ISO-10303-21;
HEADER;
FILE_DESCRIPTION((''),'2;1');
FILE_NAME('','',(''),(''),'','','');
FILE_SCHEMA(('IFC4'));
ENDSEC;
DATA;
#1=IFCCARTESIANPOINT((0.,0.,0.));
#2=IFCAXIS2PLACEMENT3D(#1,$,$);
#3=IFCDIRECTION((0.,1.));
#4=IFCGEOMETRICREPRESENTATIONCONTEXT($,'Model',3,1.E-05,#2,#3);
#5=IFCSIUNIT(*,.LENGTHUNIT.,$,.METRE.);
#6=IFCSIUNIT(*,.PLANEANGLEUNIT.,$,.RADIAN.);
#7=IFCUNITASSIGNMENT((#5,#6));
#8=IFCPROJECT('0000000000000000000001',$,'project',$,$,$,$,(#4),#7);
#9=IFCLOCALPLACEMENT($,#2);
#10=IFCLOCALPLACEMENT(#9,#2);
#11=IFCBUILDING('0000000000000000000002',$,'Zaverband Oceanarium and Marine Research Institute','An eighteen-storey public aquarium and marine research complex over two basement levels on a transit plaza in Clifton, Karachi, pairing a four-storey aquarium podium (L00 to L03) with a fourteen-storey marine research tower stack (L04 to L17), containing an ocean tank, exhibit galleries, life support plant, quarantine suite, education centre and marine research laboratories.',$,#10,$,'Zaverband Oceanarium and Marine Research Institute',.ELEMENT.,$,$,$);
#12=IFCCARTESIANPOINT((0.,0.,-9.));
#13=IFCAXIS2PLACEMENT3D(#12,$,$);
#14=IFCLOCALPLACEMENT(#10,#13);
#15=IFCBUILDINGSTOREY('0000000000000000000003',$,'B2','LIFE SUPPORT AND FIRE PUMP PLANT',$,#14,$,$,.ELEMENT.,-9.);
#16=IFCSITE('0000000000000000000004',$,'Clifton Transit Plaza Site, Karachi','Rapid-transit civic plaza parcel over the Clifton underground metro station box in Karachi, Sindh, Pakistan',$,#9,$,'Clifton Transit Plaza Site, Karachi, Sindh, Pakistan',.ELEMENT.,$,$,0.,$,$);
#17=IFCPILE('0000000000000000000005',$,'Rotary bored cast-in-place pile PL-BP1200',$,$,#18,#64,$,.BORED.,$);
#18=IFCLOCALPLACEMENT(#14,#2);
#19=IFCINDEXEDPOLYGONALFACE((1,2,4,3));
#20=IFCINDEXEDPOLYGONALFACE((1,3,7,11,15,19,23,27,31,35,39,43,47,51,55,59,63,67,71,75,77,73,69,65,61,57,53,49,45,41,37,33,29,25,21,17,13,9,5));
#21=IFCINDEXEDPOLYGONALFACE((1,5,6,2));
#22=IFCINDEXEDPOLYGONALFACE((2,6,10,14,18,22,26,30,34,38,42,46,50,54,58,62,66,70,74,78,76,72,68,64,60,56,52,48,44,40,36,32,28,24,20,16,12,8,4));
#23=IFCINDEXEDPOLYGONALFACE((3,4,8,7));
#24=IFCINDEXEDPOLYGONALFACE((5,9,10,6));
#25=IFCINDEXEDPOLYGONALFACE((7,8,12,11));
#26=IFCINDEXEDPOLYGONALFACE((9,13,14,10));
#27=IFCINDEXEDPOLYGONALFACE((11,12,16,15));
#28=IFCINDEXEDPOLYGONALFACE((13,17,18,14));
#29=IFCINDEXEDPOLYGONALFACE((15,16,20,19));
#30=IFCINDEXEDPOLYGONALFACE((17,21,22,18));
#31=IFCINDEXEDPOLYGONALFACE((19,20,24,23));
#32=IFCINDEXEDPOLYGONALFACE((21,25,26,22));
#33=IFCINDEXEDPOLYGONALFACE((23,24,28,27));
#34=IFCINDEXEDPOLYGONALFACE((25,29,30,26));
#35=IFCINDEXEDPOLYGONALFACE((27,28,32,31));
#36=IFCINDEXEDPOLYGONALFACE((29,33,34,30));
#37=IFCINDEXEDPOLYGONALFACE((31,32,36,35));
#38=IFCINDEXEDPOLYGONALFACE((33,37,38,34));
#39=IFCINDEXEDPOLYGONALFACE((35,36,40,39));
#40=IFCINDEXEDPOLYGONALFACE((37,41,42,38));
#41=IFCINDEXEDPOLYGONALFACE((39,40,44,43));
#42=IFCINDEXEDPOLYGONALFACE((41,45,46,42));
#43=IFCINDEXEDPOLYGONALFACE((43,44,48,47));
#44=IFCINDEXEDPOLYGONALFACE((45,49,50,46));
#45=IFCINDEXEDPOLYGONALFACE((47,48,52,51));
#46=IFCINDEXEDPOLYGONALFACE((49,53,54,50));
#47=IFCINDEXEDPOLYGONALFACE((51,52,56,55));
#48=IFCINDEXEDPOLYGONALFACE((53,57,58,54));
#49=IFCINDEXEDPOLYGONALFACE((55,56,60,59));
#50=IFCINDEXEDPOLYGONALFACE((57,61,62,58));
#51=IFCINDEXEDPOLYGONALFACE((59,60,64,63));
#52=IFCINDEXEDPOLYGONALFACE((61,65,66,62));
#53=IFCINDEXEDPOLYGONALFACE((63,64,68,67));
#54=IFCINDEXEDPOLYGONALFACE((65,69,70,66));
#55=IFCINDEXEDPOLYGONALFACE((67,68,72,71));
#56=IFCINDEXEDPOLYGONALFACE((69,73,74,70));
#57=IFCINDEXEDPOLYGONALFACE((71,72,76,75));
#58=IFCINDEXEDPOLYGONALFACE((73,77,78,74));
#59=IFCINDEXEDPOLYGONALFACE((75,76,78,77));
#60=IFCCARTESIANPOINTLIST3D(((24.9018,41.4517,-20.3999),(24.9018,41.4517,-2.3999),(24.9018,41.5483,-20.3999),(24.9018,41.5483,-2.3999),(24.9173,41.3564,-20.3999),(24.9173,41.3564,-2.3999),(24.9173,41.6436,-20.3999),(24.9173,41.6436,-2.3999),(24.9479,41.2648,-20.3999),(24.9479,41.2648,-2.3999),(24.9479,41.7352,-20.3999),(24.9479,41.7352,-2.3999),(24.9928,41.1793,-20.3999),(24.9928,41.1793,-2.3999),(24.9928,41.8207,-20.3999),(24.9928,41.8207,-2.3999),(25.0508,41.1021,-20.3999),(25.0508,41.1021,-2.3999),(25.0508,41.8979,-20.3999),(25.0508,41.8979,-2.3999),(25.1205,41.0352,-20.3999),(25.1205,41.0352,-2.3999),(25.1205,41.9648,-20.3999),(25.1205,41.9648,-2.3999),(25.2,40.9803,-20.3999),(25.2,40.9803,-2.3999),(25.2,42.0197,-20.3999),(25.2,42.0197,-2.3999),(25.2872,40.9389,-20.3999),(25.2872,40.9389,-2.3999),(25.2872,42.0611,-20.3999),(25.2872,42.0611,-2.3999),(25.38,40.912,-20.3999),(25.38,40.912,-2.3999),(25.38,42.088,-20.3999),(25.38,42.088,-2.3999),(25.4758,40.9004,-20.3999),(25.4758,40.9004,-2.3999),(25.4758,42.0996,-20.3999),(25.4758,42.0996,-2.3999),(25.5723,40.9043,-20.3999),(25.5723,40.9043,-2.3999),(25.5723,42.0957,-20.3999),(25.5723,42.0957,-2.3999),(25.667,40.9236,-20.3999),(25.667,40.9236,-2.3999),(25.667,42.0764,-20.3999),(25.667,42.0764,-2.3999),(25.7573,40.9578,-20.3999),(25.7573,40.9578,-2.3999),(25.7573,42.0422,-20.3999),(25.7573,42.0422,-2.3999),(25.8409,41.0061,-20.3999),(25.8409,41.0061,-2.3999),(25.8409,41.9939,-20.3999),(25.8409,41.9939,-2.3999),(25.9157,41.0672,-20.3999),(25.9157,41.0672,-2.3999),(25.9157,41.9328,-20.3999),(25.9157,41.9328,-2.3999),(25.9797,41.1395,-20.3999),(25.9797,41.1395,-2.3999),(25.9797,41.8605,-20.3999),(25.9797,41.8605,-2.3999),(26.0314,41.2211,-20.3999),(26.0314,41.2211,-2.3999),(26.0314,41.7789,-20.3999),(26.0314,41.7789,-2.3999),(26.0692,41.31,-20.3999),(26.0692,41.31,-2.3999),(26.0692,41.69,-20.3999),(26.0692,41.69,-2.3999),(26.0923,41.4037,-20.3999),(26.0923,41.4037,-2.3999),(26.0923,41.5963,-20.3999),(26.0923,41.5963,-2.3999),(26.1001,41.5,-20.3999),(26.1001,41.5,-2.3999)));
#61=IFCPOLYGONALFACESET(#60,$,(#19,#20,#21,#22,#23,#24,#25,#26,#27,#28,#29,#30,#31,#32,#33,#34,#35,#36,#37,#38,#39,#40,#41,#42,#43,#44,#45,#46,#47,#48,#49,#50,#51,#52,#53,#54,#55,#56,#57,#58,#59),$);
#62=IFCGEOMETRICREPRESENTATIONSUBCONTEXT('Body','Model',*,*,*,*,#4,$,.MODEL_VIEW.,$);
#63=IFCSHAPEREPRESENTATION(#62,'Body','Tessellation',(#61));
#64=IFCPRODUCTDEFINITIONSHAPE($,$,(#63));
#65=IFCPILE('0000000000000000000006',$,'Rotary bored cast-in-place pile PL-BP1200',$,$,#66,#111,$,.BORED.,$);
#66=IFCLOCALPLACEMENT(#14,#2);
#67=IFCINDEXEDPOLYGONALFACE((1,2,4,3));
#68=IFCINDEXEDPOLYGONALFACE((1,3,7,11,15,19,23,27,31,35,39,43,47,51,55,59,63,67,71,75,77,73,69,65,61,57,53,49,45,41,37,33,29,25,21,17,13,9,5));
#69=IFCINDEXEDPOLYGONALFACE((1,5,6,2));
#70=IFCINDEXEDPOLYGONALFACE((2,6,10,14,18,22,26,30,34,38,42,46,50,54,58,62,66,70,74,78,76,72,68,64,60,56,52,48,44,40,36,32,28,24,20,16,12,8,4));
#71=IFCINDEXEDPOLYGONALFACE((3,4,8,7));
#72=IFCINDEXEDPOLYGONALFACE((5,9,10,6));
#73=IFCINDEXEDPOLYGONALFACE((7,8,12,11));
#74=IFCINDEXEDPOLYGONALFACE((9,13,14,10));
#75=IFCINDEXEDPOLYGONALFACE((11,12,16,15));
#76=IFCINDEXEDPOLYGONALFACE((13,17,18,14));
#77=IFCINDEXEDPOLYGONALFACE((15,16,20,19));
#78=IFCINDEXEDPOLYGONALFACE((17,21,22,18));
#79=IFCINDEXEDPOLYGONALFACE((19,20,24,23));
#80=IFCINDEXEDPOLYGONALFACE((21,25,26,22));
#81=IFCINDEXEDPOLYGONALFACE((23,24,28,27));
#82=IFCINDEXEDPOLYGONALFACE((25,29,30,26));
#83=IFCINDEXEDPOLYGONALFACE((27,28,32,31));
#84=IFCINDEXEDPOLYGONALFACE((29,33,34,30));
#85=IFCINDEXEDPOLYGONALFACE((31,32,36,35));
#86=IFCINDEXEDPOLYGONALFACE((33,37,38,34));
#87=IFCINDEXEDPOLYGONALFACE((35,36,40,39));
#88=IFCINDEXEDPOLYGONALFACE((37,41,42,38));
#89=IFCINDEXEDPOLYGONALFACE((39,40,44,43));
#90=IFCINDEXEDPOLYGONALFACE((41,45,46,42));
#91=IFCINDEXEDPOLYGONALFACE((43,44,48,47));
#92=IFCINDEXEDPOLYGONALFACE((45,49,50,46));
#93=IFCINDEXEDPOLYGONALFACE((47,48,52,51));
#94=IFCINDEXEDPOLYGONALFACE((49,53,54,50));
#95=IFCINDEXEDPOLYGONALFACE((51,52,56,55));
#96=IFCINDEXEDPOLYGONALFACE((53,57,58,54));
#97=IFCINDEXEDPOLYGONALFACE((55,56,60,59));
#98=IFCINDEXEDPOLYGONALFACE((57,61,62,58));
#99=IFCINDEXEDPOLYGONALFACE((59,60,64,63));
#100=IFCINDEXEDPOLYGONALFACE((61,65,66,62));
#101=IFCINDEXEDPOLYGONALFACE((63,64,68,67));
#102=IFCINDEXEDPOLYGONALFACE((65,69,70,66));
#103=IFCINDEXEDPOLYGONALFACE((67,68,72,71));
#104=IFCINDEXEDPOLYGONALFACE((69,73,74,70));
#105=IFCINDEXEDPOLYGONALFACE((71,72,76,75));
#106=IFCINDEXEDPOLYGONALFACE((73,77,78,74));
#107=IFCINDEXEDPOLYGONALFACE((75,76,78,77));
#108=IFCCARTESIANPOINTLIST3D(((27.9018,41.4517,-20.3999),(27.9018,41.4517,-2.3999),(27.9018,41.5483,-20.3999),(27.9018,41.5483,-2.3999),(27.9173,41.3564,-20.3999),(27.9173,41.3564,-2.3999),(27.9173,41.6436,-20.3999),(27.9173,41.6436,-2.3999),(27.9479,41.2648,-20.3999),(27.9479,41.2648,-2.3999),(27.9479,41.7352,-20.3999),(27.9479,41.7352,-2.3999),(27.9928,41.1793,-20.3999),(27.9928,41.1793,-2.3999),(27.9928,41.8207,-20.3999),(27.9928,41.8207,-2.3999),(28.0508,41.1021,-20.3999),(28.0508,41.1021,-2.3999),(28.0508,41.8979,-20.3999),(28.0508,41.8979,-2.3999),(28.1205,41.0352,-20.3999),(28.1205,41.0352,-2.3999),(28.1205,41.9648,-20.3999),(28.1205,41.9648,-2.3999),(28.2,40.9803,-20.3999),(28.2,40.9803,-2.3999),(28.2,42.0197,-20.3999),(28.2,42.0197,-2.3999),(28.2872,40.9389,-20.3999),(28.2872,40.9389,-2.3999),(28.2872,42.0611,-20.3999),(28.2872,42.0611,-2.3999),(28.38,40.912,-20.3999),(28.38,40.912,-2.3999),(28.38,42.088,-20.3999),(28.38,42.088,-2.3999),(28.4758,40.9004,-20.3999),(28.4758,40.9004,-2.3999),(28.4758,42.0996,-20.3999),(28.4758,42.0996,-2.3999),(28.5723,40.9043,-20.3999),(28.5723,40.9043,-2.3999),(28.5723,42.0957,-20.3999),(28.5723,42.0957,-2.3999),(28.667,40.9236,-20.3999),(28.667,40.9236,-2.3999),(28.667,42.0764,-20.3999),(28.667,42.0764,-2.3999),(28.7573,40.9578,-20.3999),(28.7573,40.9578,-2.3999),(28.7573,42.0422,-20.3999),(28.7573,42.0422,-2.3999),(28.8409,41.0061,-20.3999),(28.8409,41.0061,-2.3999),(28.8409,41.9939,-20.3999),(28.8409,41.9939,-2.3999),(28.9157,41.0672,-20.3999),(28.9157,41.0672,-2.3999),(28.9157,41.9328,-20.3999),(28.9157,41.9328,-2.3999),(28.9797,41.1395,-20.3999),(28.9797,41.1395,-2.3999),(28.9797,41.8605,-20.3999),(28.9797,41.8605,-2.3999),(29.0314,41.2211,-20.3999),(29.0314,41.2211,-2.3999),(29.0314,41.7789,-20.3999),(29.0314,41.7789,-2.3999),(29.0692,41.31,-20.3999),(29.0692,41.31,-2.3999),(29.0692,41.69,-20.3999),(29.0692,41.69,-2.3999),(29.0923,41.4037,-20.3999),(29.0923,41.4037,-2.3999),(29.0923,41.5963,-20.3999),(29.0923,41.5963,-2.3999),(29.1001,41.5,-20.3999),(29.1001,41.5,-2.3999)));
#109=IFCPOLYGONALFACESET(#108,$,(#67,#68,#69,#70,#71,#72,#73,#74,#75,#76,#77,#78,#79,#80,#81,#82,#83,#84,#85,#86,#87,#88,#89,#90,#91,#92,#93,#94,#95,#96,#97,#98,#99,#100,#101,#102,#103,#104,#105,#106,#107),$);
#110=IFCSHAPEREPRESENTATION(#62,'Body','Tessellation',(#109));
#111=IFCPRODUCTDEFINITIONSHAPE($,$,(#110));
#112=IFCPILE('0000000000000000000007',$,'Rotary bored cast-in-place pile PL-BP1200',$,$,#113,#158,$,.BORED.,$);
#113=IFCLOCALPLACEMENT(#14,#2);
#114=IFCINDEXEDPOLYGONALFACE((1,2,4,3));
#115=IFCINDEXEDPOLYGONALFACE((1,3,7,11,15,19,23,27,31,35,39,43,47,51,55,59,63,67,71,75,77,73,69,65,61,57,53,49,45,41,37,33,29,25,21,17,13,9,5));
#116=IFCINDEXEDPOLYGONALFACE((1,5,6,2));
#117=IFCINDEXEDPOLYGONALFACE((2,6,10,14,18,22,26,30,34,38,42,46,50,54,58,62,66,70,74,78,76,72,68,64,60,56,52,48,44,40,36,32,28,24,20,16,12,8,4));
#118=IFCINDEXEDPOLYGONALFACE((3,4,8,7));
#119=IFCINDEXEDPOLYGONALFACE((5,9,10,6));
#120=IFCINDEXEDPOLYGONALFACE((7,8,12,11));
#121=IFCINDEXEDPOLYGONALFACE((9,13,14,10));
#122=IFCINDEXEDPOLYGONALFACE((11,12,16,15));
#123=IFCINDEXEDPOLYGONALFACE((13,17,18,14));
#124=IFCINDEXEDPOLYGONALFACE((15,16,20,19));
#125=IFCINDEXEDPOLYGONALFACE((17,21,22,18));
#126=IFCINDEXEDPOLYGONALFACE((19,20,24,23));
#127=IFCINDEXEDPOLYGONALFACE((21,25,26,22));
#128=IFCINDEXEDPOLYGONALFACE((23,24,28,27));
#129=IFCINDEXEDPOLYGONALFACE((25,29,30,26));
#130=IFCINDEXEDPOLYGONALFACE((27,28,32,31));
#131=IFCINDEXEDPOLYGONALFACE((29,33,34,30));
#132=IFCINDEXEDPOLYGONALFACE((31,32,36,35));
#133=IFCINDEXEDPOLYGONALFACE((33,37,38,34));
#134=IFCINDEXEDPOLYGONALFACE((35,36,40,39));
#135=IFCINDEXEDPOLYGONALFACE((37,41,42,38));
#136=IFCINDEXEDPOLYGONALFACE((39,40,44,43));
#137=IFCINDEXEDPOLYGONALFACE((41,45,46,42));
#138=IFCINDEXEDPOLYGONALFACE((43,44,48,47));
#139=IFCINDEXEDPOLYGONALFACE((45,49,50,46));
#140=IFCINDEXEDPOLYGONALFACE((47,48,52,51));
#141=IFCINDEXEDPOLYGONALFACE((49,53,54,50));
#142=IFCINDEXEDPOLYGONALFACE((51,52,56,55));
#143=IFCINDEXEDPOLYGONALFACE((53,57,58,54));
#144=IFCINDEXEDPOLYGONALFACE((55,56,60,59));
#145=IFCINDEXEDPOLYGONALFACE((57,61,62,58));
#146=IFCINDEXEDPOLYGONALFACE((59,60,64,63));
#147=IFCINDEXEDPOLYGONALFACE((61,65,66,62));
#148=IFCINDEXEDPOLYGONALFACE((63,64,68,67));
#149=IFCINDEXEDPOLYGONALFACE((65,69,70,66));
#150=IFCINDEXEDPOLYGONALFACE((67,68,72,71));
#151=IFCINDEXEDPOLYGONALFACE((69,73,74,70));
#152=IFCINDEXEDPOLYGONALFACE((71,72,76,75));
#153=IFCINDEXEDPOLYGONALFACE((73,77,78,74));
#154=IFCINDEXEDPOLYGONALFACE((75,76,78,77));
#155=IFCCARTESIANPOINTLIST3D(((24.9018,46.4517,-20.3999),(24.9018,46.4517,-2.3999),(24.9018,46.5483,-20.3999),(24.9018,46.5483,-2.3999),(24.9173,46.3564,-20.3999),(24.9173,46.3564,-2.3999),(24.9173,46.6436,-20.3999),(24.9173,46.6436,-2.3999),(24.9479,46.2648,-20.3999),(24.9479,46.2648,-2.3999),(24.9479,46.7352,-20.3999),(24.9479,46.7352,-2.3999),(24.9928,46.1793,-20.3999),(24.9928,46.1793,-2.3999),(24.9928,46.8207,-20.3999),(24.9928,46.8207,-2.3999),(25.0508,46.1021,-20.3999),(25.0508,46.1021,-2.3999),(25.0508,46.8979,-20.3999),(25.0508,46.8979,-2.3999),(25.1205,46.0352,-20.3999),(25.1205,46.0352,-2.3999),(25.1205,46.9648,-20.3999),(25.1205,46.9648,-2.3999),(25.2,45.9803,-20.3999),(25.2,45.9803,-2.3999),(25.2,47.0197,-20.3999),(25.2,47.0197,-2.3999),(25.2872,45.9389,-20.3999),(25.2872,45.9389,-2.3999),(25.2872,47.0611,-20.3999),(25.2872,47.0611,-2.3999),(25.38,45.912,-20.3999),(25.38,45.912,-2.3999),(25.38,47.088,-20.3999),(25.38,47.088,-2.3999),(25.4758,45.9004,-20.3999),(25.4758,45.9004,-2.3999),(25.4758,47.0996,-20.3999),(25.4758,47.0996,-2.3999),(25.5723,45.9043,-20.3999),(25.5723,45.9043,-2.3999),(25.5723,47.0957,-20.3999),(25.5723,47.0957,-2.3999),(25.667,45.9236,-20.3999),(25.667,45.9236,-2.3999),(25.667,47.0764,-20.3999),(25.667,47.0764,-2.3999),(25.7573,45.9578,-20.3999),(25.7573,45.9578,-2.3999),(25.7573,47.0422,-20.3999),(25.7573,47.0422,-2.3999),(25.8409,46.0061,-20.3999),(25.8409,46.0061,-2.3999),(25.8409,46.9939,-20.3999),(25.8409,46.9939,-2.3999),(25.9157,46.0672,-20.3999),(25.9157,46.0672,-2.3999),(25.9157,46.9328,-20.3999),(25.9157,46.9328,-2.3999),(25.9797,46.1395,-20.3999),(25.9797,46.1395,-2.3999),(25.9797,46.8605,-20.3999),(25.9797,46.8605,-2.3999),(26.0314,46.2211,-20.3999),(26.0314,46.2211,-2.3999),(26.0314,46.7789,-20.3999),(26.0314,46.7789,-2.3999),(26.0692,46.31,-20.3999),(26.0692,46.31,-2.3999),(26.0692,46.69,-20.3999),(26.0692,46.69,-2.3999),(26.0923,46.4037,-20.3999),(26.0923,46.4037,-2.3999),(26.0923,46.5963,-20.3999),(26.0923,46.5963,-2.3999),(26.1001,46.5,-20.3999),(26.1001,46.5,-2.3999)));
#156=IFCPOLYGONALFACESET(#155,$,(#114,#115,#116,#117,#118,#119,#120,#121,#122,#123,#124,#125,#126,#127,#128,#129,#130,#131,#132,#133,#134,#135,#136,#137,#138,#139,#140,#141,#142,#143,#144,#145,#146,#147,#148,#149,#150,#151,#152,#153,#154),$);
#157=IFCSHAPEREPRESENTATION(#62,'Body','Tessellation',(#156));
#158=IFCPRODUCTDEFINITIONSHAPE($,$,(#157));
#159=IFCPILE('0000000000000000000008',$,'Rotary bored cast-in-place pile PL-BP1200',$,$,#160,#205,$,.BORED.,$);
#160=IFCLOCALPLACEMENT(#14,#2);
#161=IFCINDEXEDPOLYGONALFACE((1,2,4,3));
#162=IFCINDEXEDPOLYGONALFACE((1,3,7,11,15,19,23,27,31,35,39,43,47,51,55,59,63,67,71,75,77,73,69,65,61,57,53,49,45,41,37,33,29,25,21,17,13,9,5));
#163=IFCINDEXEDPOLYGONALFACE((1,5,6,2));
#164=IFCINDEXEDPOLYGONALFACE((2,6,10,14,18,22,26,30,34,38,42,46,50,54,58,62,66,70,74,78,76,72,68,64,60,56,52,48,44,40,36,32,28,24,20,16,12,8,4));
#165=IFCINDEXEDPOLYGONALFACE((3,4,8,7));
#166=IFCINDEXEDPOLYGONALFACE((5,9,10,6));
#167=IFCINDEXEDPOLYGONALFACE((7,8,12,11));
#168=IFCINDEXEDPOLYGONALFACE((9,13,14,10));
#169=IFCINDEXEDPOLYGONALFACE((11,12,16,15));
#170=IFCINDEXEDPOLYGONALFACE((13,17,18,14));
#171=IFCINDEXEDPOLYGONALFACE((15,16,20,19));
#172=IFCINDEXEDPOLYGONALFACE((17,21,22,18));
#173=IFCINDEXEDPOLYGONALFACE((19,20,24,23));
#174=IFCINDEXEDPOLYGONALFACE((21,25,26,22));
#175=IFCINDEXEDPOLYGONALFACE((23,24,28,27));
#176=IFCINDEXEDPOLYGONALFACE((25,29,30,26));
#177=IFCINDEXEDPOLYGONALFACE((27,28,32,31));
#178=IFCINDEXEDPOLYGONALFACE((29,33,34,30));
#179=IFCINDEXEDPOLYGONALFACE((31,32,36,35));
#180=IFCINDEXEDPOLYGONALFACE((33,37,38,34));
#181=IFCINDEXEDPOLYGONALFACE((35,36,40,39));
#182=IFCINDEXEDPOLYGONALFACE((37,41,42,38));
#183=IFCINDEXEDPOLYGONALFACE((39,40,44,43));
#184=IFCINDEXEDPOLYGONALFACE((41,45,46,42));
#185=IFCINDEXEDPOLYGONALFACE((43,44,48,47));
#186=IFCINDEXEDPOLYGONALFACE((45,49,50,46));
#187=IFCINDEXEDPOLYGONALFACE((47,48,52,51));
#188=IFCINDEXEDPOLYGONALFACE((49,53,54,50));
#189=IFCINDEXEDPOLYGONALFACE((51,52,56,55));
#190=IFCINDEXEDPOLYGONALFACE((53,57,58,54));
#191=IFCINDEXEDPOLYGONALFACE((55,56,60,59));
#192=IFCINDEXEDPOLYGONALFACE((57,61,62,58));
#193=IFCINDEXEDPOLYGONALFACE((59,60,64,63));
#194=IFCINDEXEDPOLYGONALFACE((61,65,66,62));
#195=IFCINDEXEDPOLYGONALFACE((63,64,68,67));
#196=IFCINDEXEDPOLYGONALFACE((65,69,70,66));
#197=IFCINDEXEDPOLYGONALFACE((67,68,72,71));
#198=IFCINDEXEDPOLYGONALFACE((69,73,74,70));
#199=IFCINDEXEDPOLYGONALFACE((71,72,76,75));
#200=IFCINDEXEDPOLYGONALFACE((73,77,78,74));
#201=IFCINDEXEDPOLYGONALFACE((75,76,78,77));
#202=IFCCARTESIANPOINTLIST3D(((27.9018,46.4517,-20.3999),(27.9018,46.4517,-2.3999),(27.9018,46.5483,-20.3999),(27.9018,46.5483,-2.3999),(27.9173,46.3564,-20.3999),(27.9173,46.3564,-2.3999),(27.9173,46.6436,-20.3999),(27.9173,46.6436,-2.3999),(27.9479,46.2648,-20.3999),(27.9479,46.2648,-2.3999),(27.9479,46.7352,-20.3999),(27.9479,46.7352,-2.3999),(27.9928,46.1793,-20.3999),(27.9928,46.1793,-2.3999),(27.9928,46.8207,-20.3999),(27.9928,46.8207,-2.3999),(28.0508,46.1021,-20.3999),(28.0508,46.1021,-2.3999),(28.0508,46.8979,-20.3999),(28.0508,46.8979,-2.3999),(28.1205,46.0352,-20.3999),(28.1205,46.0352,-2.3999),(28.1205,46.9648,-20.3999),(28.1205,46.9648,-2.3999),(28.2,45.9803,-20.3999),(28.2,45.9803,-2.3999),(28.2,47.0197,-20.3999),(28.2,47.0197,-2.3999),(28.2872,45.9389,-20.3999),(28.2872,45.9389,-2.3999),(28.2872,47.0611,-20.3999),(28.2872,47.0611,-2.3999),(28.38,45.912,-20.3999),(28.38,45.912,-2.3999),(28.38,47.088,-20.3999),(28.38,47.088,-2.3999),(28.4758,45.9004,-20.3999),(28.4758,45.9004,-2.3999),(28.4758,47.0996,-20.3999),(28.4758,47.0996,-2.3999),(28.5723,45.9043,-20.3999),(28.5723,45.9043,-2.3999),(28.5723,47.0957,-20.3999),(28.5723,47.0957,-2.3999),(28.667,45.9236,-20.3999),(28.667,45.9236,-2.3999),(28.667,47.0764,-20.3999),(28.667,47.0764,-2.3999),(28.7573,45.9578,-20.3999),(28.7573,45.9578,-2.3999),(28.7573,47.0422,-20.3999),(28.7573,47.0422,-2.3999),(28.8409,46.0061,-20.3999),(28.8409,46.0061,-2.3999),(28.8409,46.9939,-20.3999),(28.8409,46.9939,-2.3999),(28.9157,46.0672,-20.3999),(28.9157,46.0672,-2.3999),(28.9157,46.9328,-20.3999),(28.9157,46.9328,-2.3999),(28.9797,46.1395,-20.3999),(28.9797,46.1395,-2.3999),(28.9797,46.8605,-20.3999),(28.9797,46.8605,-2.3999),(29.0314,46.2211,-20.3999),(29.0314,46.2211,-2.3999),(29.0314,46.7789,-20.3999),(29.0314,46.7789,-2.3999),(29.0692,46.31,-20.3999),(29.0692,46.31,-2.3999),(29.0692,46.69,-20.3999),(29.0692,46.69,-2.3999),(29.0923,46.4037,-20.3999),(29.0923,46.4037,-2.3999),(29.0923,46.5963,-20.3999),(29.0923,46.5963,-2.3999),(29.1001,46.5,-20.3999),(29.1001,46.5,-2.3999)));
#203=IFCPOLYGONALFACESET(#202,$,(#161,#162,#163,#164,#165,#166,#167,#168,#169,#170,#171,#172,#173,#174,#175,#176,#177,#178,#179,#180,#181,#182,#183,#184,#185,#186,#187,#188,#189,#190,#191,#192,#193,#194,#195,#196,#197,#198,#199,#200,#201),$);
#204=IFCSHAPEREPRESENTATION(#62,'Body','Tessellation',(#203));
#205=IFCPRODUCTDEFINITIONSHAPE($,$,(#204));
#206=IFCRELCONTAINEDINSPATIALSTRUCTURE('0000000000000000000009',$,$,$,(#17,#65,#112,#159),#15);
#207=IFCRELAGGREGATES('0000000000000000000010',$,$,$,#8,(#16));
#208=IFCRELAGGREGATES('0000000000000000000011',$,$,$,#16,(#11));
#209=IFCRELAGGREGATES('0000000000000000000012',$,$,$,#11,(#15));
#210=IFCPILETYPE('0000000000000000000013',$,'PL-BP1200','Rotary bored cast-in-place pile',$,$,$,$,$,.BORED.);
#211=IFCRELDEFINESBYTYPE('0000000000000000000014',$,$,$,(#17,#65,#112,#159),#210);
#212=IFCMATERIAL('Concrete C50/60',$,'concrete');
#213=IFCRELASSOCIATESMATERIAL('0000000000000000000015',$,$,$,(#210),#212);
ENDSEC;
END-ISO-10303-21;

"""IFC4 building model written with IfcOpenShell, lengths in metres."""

from ifc_helpers import new_model, si_unit, direction, frame, origin, origin_2d, place, context, subcontext, project, spatial, circle, extrude, material, material_profile, profile_set, type_object, element, save


model = new_model("IFC4")

# Units and contexts
model_context = context("Model", 3, precision=1e-05, world=origin(), true_north=direction((0.0, 1.0)))
body_context = subcontext(model_context, "Body", "Model", "MODEL_VIEW")
ifc_project = project(units=[si_unit("LENGTHUNIT", "METRE"), si_unit("PLANEANGLEUNIT", "RADIAN")], contexts=[model_context])

# Site, building, storey
site_placement = place(None, origin())
site = spatial("IfcSite", under=ifc_project, at=site_placement, Name="Clifton Transit Plaza Site, Karachi", Description="Rapid-transit civic plaza parcel over the Clifton underground metro station box in Karachi, Sindh, Pakistan", LongName="Clifton Transit Plaza Site, Karachi, Sindh, Pakistan", CompositionType="ELEMENT", RefElevation=0.0)
building_placement = place(site_placement, origin())
building = spatial("IfcBuilding", under=site, at=building_placement, Name="Zaverband Oceanarium and Marine Research Institute", Description="An eighteen-storey public aquarium and marine research complex over two basement levels on a transit plaza in Clifton, Karachi, pairing a four-storey aquarium podium (L00 to L03) with a fourteen-storey marine research tower stack (L04 to L17), containing an ocean tank, exhibit galleries, life support plant, quarantine suite, education centre and marine research laboratories.", LongName="Zaverband Oceanarium and Marine Research Institute", CompositionType="ELEMENT")
storey_placement = place(building_placement, frame((0.0, 0.0, -9.0)))
storey = spatial("IfcBuildingStorey", under=building, at=storey_placement, Name="B2", Description="LIFE SUPPORT AND FIRE PUMP PLANT", CompositionType="ELEMENT", Elevation=-9.0)

# Shared definitions
ifc_material_1 = material(Name="Concrete C50/60", Category="concrete")

# Piles
ifc_material_profile_1 = material_profile(ifc_material_1, circle(Radius=0.6001, at=origin_2d()), Name="BP1200")
ifc_profile_set_1 = profile_set([ifc_material_profile_1], Name="Concrete C50/60")
pile_type = type_object("IfcPileType", Name="PL-BP1200", Description="Rotary bored cast-in-place pile", PredefinedType="BORED", material=ifc_profile_set_1)
for number, where, z_axis, x_axis, name in (
    (1, (25.5, 41.5, -2.3999), (0.0, 0.0, -1.0), (1.0, 0.0, 0.0), "Rotary bored cast-in-place pile PL-BP1200"),
    (2, (28.5, 41.5, -2.3999), (0.0, 0.0, -1.0), (1.0, 0.0, 0.0), "Rotary bored cast-in-place pile PL-BP1200"),
    (3, (25.5, 46.5, -2.3999), (0.0, 0.0, -1.0), (1.0, 0.0, 0.0), "Rotary bored cast-in-place pile PL-BP1200"),
    (4, (28.5, 46.5, -2.3999), (0.0, 0.0, -1.0), (1.0, 0.0, 0.0), "Rotary bored cast-in-place pile PL-BP1200"),
):
    element("IfcPile", number, at=place(storey_placement, frame(where, z_axis=z_axis, x_axis=x_axis)), inside=storey, type_object=pile_type, Name=name, PredefinedType="BORED", context=body_context, shape_type="SweptSolid", body=[
        extrude(circle(Radius=0.6001, at=origin_2d()), origin(), (0.0, 0.0, 1.0), 18.0),
    ])

save(model, "model.ifc")
